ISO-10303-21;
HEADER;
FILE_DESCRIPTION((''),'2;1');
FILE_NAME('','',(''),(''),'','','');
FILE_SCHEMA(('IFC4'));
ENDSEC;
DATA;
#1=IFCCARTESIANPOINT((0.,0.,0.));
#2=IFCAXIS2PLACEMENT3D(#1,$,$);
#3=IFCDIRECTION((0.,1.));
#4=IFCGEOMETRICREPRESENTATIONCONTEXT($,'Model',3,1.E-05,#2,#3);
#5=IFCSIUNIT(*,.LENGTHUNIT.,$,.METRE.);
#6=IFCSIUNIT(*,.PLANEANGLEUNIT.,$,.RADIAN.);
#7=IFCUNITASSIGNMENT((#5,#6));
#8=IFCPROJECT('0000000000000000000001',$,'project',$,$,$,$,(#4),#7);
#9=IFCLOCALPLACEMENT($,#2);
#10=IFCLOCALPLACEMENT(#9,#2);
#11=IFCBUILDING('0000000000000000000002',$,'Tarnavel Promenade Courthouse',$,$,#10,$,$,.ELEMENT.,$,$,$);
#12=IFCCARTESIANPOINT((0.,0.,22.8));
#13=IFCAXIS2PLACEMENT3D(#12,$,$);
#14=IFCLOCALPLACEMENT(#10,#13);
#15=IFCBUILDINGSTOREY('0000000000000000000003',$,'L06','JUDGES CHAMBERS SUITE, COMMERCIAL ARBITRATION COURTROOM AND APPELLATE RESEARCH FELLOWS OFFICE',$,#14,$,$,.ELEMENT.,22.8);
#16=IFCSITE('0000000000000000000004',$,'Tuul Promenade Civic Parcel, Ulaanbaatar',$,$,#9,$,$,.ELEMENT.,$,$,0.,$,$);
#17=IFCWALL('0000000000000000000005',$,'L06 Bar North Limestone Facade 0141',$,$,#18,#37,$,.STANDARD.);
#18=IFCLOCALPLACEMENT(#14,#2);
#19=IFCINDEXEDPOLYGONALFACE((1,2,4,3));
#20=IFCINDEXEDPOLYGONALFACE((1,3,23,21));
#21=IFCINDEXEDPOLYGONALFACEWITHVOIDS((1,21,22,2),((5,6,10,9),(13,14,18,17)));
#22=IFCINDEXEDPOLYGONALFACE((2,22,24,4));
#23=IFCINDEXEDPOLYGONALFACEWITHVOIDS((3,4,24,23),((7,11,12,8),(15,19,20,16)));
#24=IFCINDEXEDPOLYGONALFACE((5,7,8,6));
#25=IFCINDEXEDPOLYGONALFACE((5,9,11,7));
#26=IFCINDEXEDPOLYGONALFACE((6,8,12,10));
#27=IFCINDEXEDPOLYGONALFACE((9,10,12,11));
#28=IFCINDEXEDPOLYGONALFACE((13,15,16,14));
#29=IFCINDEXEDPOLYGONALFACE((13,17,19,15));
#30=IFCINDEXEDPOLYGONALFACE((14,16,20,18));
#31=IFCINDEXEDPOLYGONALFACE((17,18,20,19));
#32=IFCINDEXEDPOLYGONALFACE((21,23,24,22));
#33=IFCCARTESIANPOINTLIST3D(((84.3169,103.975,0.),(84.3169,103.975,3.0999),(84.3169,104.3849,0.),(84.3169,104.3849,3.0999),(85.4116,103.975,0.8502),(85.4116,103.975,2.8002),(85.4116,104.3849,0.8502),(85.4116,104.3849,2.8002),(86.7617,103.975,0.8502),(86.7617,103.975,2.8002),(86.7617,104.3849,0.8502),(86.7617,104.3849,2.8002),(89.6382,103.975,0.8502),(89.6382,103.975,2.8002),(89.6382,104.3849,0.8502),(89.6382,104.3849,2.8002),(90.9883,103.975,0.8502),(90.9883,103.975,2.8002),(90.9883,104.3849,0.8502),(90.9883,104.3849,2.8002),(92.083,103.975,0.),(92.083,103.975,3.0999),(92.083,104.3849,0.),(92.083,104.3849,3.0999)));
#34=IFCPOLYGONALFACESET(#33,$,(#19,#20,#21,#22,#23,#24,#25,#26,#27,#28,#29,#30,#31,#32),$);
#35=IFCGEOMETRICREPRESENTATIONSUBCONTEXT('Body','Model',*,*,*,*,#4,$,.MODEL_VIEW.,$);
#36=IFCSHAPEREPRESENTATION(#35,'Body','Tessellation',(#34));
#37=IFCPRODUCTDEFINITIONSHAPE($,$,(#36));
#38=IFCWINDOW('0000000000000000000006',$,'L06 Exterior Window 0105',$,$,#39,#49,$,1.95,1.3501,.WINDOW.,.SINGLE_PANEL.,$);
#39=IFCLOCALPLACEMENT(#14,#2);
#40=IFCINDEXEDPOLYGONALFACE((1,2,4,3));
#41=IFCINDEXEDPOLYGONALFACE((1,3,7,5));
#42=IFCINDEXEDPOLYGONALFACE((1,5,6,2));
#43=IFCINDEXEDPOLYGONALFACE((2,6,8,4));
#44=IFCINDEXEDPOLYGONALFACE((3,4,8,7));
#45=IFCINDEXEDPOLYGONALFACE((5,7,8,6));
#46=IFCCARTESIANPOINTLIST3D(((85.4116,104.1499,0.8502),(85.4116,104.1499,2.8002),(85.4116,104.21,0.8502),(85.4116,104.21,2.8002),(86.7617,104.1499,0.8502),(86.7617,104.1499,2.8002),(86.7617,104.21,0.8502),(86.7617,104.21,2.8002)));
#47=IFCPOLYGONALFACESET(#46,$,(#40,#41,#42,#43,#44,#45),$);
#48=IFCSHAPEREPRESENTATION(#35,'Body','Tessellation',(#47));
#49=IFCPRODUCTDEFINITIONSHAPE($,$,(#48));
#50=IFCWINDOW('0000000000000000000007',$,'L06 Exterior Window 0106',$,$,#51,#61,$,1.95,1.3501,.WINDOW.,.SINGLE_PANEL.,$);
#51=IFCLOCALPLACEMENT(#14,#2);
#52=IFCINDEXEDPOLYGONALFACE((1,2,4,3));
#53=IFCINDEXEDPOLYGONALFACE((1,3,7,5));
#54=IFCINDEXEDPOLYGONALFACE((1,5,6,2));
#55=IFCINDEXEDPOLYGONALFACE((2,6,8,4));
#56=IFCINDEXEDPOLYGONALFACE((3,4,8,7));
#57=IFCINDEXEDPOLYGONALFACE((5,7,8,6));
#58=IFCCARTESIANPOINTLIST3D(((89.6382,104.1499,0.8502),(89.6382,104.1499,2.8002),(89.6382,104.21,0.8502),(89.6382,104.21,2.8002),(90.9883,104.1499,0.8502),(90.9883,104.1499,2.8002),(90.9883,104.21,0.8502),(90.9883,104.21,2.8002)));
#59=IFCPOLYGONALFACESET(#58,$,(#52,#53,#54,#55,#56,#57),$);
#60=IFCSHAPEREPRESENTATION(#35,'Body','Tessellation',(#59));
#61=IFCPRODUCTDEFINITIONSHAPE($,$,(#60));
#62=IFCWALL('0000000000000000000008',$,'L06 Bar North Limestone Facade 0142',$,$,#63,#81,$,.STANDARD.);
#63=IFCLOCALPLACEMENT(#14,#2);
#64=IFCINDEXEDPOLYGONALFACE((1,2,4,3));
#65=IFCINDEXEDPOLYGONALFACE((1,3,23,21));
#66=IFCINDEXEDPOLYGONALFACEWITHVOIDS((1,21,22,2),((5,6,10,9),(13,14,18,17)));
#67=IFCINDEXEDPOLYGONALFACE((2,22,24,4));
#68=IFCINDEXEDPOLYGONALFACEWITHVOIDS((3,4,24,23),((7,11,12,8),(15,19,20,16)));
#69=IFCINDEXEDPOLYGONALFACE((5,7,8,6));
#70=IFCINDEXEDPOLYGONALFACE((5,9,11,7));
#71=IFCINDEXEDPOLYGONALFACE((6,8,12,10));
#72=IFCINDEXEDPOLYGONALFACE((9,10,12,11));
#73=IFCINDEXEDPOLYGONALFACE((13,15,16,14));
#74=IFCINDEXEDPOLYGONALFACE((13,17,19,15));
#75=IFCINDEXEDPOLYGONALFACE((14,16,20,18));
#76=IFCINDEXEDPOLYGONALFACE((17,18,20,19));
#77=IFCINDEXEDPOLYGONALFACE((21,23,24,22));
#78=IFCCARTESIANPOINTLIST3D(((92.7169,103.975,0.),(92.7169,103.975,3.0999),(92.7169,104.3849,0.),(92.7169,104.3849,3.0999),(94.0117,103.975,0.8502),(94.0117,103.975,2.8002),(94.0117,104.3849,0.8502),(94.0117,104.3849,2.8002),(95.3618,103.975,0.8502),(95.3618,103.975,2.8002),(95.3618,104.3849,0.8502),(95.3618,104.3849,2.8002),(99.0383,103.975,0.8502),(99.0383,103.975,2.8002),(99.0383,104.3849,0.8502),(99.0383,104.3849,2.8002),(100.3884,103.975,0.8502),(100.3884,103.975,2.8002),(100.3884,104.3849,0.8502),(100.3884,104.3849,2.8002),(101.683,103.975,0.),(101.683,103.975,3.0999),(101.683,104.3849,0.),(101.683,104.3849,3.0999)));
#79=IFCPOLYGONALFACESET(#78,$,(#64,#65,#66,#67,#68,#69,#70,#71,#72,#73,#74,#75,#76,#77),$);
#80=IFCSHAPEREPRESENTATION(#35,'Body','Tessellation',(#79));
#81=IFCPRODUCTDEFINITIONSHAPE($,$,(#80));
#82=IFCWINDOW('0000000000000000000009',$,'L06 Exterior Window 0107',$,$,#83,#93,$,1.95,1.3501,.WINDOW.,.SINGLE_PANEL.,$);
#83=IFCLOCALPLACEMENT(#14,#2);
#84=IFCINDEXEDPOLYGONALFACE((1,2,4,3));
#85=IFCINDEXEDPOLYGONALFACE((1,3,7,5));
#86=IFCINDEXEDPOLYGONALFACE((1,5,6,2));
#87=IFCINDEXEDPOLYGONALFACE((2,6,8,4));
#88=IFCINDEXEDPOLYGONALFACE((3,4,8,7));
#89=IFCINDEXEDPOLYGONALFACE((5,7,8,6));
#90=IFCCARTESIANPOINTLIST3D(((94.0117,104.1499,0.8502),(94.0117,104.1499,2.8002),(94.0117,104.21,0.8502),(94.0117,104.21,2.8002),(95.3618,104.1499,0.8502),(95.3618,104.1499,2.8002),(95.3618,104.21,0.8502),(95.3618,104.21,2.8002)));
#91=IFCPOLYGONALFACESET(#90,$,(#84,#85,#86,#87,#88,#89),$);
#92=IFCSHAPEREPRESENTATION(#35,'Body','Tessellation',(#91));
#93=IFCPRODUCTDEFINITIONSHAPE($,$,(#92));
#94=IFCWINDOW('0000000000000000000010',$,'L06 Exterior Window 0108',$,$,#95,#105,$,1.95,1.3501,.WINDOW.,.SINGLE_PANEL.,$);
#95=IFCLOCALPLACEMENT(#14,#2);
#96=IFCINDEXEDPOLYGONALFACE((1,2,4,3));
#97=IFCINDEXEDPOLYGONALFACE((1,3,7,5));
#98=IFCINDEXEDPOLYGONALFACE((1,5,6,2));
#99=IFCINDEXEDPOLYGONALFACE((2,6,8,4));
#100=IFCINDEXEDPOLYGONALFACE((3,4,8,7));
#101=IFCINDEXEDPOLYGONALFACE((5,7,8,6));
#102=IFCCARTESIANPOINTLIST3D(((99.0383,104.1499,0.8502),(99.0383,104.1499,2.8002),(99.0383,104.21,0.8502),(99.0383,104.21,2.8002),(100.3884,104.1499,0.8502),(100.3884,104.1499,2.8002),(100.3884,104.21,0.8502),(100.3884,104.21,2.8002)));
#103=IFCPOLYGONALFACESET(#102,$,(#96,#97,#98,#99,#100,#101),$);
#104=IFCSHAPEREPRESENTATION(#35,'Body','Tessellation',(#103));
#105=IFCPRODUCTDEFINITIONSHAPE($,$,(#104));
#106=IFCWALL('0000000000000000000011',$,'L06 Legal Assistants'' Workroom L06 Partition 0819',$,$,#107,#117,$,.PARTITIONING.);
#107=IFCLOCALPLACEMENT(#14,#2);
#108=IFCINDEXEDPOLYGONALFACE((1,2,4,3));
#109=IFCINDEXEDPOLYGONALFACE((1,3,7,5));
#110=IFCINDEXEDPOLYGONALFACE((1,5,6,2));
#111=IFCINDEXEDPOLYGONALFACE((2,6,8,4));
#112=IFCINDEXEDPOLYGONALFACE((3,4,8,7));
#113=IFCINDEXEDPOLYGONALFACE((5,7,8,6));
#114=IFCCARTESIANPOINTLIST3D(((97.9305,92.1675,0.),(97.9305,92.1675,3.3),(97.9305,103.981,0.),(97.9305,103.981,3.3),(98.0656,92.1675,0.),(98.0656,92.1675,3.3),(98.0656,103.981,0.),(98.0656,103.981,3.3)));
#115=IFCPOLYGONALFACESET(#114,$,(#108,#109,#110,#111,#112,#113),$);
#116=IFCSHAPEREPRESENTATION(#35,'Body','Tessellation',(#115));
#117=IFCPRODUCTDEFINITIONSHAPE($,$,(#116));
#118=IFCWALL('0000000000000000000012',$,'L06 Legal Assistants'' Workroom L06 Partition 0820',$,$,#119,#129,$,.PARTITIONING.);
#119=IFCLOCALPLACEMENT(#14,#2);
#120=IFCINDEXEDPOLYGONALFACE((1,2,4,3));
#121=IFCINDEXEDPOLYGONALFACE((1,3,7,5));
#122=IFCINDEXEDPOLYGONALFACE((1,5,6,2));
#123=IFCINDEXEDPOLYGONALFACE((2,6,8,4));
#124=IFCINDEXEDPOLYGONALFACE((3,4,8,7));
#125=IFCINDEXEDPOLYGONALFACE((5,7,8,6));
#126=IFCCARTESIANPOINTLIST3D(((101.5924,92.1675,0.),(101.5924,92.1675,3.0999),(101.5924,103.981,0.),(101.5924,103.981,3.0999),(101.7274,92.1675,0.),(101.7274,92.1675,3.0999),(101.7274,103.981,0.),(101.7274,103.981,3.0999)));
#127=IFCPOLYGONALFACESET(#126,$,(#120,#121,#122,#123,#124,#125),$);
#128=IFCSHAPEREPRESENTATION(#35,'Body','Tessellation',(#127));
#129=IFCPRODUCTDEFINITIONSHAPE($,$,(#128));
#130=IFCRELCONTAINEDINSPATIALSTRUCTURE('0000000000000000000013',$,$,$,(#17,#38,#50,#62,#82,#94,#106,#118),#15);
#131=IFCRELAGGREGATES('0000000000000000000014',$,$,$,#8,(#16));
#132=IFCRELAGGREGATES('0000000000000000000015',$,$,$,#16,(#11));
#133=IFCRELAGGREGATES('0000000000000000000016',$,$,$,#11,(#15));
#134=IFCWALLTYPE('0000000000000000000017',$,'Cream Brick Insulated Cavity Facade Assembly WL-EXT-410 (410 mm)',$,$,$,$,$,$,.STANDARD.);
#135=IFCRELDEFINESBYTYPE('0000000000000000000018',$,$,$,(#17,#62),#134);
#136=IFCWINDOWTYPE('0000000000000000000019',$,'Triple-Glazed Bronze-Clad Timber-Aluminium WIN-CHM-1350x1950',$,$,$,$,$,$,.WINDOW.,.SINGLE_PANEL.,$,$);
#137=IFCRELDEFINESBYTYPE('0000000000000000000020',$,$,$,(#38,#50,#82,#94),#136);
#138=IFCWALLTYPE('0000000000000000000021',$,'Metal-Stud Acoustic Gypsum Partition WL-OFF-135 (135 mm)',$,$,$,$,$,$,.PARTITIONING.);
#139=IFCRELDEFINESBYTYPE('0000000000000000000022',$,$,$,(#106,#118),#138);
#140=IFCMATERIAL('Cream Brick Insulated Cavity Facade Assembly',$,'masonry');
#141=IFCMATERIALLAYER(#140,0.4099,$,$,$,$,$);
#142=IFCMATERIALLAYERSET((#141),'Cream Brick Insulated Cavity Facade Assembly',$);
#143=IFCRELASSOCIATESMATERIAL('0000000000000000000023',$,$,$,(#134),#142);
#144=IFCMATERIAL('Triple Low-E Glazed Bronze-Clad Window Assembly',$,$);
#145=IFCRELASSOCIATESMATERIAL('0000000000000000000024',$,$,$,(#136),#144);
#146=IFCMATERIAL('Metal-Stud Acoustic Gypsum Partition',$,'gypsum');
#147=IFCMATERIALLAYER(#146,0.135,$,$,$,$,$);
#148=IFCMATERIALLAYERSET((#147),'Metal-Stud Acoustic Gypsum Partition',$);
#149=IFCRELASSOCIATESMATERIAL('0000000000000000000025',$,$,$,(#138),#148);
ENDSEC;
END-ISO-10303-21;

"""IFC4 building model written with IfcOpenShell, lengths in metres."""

from ifc_helpers import new_model, si_unit, direction, frame, frame_2d, origin, place, context, subcontext, project, spatial, rectangle, extrude, material, layer, layer_set, type_object, element, fill, save


model = new_model("IFC4")

# Units and contexts
model_context = context("Model", 3, precision=1e-05, world=origin(), true_north=direction((0.0, 1.0)))
body_context = subcontext(model_context, "Body", "Model", "MODEL_VIEW")
ifc_project = project(units=[si_unit("LENGTHUNIT", "METRE"), si_unit("PLANEANGLEUNIT", "RADIAN")], contexts=[model_context])

# Site, building, storey
site_placement = place(None, origin())
site = spatial("IfcSite", under=ifc_project, at=site_placement, Name="Tuul Promenade Civic Parcel, Ulaanbaatar", CompositionType="ELEMENT", RefElevation=0.0)
building_placement = place(site_placement, origin())
building = spatial("IfcBuilding", under=site, at=building_placement, Name="Tarnavel Promenade Courthouse", CompositionType="ELEMENT")
storey_placement = place(building_placement, frame((0.0, 0.0, 22.8)))
storey = spatial("IfcBuildingStorey", under=building, at=storey_placement, Name="L06", Description="JUDGES CHAMBERS SUITE, COMMERCIAL ARBITRATION COURTROOM AND APPELLATE RESEARCH FELLOWS OFFICE", CompositionType="ELEMENT", Elevation=22.8)

# Walls, openings, windows
ifc_material_1 = material(Name="Cream Brick Insulated Cavity Facade Assembly", Category="masonry")
ifc_layer_1 = layer(ifc_material_1, 0.4099)
ifc_layer_set_1 = layer_set([ifc_layer_1], Name="Cream Brick Insulated Cavity Facade Assembly")
wall_type_1 = type_object("IfcWallType", Name="Cream Brick Insulated Cavity Facade Assembly WL-EXT-410 (410 mm)", PredefinedType="STANDARD", material=ifc_layer_set_1)
wall_1_placement = place(storey_placement, frame((84.3169, 104.1799, 0.0), z_axis=(0.0, 0.0, 1.0), x_axis=(1.0, 0.0, 0.0)))
wall_1 = element("IfcWall", 1, at=wall_1_placement, inside=storey, type_object=wall_type_1, Name="L06 Bar North Limestone Facade 0141", PredefinedType="STANDARD", context=body_context, shape_type="SweptSolid", body=[
    extrude(rectangle(XDim=7.7661, YDim=0.4099, at=frame_2d((3.8831, 0.0))), origin(), (0.0, 0.0, 1.0), 3.0999),
])
opening_1_placement = place(wall_1_placement, frame((1.0947, 0.0, 0.8501)))
opening_1 = element("IfcOpeningElement", 2, at=opening_1_placement, cuts=wall_1, PredefinedType="OPENING", context=body_context, shape_type="SweptSolid", body=[
    extrude(rectangle(XDim=1.3501, YDim=1.95, at=frame_2d((0.675, 0.9751))), frame((0.0, 0.2148, 0.0), z_axis=(0.0, -1.0, 0.0), x_axis=(1.0, 0.0, 0.0)), (0.0, 0.0, 1.0), 0.4299),
])
opening_2_placement = place(wall_1_placement, frame((5.3213, 0.0, 0.8501)))
opening_2 = element("IfcOpeningElement", 3, at=opening_2_placement, cuts=wall_1, PredefinedType="OPENING", context=body_context, shape_type="SweptSolid", body=[
    extrude(rectangle(XDim=1.3501, YDim=1.95, at=frame_2d((0.675, 0.9751))), frame((0.0, 0.2148, 0.0), z_axis=(0.0, -1.0, 0.0), x_axis=(1.0, 0.0, 0.0)), (0.0, 0.0, 1.0), 0.4299),
])
ifc_material_2 = material(Name="Triple Low-E Glazed Bronze-Clad Window Assembly")
window_type = type_object("IfcWindowType", Name="Triple-Glazed Bronze-Clad Timber-Aluminium WIN-CHM-1350x1950", PartitioningType="SINGLE_PANEL", PredefinedType="WINDOW", material=ifc_material_2)
window_1_placement = place(opening_1_placement, origin())
window_1 = element("IfcWindow", 4, at=window_1_placement, inside=storey, type_object=window_type, Name="L06 Exterior Window 0105", OverallHeight=1.95, OverallWidth=1.3501, PartitioningType="SINGLE_PANEL", PredefinedType="WINDOW", context=body_context, shape_type="SweptSolid", body=[
    extrude(rectangle(XDim=1.3501, YDim=1.95, at=frame_2d((0.675, 0.9751))), frame((0.0, 0.03, 0.0), z_axis=(0.0, -1.0, 0.0), x_axis=(1.0, 0.0, 0.0)), (0.0, 0.0, 1.0), 0.0601),
])
fill(opening_1, window_1)
window_2_placement = place(opening_2_placement, origin())
window_2 = element("IfcWindow", 5, at=window_2_placement, inside=storey, type_object=window_type, Name="L06 Exterior Window 0106", OverallHeight=1.95, OverallWidth=1.3501, PartitioningType="SINGLE_PANEL", PredefinedType="WINDOW", context=body_context, shape_type="SweptSolid", body=[
    extrude(rectangle(XDim=1.3501, YDim=1.95, at=frame_2d((0.675, 0.9751))), frame((0.0, 0.03, 0.0), z_axis=(0.0, -1.0, 0.0), x_axis=(1.0, 0.0, 0.0)), (0.0, 0.0, 1.0), 0.0601),
])
fill(opening_2, window_2)
wall_2_placement = place(storey_placement, frame((92.717, 104.1799, 0.0), z_axis=(0.0, 0.0, 1.0), x_axis=(1.0, 0.0, 0.0)))
wall_2 = element("IfcWall", 6, at=wall_2_placement, inside=storey, type_object=wall_type_1, Name="L06 Bar North Limestone Facade 0142", PredefinedType="STANDARD", context=body_context, shape_type="SweptSolid", body=[
    extrude(rectangle(XDim=8.9661, YDim=0.4099, at=frame_2d((4.4829, 0.0))), origin(), (0.0, 0.0, 1.0), 3.0999),
])
opening_3_placement = place(wall_2_placement, frame((1.2947, 0.0, 0.8501)))
opening_3 = element("IfcOpeningElement", 7, at=opening_3_placement, cuts=wall_2, PredefinedType="OPENING", context=body_context, shape_type="SweptSolid", body=[
    extrude(rectangle(XDim=1.3501, YDim=1.95, at=frame_2d((0.675, 0.9751))), frame((0.0, 0.2148, 0.0), z_axis=(0.0, -1.0, 0.0), x_axis=(1.0, 0.0, 0.0)), (0.0, 0.0, 1.0), 0.4299),
])
opening_4_placement = place(wall_2_placement, frame((6.3213, 0.0, 0.8501)))
opening_4 = element("IfcOpeningElement", 8, at=opening_4_placement, cuts=wall_2, PredefinedType="OPENING", context=body_context, shape_type="SweptSolid", body=[
    extrude(rectangle(XDim=1.3501, YDim=1.95, at=frame_2d((0.675, 0.9751))), frame((0.0, 0.2148, 0.0), z_axis=(0.0, -1.0, 0.0), x_axis=(1.0, 0.0, 0.0)), (0.0, 0.0, 1.0), 0.4299),
])
window_3_placement = place(opening_3_placement, origin())
window_3 = element("IfcWindow", 9, at=window_3_placement, inside=storey, type_object=window_type, Name="L06 Exterior Window 0107", OverallHeight=1.95, OverallWidth=1.3501, PartitioningType="SINGLE_PANEL", PredefinedType="WINDOW", context=body_context, shape_type="SweptSolid", body=[
    extrude(rectangle(XDim=1.3501, YDim=1.95, at=frame_2d((0.675, 0.9751))), frame((0.0, 0.03, 0.0), z_axis=(0.0, -1.0, 0.0), x_axis=(1.0, 0.0, 0.0)), (0.0, 0.0, 1.0), 0.0601),
])
fill(opening_3, window_3)
window_4_placement = place(opening_4_placement, origin())
window_4 = element("IfcWindow", 10, at=window_4_placement, inside=storey, type_object=window_type, Name="L06 Exterior Window 0108", OverallHeight=1.95, OverallWidth=1.3501, PartitioningType="SINGLE_PANEL", PredefinedType="WINDOW", context=body_context, shape_type="SweptSolid", body=[
    extrude(rectangle(XDim=1.3501, YDim=1.95, at=frame_2d((0.675, 0.9751))), frame((0.0, 0.03, 0.0), z_axis=(0.0, -1.0, 0.0), x_axis=(1.0, 0.0, 0.0)), (0.0, 0.0, 1.0), 0.0601),
])
fill(opening_4, window_4)

# Walls
ifc_material_3 = material(Name="Metal-Stud Acoustic Gypsum Partition", Category="gypsum")
ifc_layer_2 = layer(ifc_material_3, 0.135)
ifc_layer_set_2 = layer_set([ifc_layer_2], Name="Metal-Stud Acoustic Gypsum Partition")
wall_type_2 = type_object("IfcWallType", Name="Metal-Stud Acoustic Gypsum Partition WL-OFF-135 (135 mm)", PredefinedType="PARTITIONING", material=ifc_layer_set_2)
wall_3_placement = place(storey_placement, frame((97.998, 92.1675, 0.0), z_axis=(0.0, 0.0, 1.0), x_axis=(0.0, 1.0, 0.0)))
element("IfcWall", 11, at=wall_3_placement, inside=storey, type_object=wall_type_2, Name="L06 Legal Assistants' Workroom L06 Partition 0819", PredefinedType="PARTITIONING", context=body_context, shape_type="SweptSolid", body=[
    extrude(rectangle(XDim=11.8135, YDim=0.135, at=frame_2d((5.9067, 0.0))), origin(), (0.0, 0.0, 1.0), 3.3),
])
wall_4_placement = place(storey_placement, frame((101.6599, 103.981, 0.0), z_axis=(0.0, 0.0, 1.0), x_axis=(0.0, -1.0, 0.0)))
element("IfcWall", 12, at=wall_4_placement, inside=storey, type_object=wall_type_2, Name="L06 Legal Assistants' Workroom L06 Partition 0820", PredefinedType="PARTITIONING", context=body_context, shape_type="SweptSolid", body=[
    extrude(rectangle(XDim=11.8135, YDim=0.135, at=frame_2d((5.9067, 0.0))), origin(), (0.0, 0.0, 1.0), 3.0999),
])

save(model, "model.ifc")
